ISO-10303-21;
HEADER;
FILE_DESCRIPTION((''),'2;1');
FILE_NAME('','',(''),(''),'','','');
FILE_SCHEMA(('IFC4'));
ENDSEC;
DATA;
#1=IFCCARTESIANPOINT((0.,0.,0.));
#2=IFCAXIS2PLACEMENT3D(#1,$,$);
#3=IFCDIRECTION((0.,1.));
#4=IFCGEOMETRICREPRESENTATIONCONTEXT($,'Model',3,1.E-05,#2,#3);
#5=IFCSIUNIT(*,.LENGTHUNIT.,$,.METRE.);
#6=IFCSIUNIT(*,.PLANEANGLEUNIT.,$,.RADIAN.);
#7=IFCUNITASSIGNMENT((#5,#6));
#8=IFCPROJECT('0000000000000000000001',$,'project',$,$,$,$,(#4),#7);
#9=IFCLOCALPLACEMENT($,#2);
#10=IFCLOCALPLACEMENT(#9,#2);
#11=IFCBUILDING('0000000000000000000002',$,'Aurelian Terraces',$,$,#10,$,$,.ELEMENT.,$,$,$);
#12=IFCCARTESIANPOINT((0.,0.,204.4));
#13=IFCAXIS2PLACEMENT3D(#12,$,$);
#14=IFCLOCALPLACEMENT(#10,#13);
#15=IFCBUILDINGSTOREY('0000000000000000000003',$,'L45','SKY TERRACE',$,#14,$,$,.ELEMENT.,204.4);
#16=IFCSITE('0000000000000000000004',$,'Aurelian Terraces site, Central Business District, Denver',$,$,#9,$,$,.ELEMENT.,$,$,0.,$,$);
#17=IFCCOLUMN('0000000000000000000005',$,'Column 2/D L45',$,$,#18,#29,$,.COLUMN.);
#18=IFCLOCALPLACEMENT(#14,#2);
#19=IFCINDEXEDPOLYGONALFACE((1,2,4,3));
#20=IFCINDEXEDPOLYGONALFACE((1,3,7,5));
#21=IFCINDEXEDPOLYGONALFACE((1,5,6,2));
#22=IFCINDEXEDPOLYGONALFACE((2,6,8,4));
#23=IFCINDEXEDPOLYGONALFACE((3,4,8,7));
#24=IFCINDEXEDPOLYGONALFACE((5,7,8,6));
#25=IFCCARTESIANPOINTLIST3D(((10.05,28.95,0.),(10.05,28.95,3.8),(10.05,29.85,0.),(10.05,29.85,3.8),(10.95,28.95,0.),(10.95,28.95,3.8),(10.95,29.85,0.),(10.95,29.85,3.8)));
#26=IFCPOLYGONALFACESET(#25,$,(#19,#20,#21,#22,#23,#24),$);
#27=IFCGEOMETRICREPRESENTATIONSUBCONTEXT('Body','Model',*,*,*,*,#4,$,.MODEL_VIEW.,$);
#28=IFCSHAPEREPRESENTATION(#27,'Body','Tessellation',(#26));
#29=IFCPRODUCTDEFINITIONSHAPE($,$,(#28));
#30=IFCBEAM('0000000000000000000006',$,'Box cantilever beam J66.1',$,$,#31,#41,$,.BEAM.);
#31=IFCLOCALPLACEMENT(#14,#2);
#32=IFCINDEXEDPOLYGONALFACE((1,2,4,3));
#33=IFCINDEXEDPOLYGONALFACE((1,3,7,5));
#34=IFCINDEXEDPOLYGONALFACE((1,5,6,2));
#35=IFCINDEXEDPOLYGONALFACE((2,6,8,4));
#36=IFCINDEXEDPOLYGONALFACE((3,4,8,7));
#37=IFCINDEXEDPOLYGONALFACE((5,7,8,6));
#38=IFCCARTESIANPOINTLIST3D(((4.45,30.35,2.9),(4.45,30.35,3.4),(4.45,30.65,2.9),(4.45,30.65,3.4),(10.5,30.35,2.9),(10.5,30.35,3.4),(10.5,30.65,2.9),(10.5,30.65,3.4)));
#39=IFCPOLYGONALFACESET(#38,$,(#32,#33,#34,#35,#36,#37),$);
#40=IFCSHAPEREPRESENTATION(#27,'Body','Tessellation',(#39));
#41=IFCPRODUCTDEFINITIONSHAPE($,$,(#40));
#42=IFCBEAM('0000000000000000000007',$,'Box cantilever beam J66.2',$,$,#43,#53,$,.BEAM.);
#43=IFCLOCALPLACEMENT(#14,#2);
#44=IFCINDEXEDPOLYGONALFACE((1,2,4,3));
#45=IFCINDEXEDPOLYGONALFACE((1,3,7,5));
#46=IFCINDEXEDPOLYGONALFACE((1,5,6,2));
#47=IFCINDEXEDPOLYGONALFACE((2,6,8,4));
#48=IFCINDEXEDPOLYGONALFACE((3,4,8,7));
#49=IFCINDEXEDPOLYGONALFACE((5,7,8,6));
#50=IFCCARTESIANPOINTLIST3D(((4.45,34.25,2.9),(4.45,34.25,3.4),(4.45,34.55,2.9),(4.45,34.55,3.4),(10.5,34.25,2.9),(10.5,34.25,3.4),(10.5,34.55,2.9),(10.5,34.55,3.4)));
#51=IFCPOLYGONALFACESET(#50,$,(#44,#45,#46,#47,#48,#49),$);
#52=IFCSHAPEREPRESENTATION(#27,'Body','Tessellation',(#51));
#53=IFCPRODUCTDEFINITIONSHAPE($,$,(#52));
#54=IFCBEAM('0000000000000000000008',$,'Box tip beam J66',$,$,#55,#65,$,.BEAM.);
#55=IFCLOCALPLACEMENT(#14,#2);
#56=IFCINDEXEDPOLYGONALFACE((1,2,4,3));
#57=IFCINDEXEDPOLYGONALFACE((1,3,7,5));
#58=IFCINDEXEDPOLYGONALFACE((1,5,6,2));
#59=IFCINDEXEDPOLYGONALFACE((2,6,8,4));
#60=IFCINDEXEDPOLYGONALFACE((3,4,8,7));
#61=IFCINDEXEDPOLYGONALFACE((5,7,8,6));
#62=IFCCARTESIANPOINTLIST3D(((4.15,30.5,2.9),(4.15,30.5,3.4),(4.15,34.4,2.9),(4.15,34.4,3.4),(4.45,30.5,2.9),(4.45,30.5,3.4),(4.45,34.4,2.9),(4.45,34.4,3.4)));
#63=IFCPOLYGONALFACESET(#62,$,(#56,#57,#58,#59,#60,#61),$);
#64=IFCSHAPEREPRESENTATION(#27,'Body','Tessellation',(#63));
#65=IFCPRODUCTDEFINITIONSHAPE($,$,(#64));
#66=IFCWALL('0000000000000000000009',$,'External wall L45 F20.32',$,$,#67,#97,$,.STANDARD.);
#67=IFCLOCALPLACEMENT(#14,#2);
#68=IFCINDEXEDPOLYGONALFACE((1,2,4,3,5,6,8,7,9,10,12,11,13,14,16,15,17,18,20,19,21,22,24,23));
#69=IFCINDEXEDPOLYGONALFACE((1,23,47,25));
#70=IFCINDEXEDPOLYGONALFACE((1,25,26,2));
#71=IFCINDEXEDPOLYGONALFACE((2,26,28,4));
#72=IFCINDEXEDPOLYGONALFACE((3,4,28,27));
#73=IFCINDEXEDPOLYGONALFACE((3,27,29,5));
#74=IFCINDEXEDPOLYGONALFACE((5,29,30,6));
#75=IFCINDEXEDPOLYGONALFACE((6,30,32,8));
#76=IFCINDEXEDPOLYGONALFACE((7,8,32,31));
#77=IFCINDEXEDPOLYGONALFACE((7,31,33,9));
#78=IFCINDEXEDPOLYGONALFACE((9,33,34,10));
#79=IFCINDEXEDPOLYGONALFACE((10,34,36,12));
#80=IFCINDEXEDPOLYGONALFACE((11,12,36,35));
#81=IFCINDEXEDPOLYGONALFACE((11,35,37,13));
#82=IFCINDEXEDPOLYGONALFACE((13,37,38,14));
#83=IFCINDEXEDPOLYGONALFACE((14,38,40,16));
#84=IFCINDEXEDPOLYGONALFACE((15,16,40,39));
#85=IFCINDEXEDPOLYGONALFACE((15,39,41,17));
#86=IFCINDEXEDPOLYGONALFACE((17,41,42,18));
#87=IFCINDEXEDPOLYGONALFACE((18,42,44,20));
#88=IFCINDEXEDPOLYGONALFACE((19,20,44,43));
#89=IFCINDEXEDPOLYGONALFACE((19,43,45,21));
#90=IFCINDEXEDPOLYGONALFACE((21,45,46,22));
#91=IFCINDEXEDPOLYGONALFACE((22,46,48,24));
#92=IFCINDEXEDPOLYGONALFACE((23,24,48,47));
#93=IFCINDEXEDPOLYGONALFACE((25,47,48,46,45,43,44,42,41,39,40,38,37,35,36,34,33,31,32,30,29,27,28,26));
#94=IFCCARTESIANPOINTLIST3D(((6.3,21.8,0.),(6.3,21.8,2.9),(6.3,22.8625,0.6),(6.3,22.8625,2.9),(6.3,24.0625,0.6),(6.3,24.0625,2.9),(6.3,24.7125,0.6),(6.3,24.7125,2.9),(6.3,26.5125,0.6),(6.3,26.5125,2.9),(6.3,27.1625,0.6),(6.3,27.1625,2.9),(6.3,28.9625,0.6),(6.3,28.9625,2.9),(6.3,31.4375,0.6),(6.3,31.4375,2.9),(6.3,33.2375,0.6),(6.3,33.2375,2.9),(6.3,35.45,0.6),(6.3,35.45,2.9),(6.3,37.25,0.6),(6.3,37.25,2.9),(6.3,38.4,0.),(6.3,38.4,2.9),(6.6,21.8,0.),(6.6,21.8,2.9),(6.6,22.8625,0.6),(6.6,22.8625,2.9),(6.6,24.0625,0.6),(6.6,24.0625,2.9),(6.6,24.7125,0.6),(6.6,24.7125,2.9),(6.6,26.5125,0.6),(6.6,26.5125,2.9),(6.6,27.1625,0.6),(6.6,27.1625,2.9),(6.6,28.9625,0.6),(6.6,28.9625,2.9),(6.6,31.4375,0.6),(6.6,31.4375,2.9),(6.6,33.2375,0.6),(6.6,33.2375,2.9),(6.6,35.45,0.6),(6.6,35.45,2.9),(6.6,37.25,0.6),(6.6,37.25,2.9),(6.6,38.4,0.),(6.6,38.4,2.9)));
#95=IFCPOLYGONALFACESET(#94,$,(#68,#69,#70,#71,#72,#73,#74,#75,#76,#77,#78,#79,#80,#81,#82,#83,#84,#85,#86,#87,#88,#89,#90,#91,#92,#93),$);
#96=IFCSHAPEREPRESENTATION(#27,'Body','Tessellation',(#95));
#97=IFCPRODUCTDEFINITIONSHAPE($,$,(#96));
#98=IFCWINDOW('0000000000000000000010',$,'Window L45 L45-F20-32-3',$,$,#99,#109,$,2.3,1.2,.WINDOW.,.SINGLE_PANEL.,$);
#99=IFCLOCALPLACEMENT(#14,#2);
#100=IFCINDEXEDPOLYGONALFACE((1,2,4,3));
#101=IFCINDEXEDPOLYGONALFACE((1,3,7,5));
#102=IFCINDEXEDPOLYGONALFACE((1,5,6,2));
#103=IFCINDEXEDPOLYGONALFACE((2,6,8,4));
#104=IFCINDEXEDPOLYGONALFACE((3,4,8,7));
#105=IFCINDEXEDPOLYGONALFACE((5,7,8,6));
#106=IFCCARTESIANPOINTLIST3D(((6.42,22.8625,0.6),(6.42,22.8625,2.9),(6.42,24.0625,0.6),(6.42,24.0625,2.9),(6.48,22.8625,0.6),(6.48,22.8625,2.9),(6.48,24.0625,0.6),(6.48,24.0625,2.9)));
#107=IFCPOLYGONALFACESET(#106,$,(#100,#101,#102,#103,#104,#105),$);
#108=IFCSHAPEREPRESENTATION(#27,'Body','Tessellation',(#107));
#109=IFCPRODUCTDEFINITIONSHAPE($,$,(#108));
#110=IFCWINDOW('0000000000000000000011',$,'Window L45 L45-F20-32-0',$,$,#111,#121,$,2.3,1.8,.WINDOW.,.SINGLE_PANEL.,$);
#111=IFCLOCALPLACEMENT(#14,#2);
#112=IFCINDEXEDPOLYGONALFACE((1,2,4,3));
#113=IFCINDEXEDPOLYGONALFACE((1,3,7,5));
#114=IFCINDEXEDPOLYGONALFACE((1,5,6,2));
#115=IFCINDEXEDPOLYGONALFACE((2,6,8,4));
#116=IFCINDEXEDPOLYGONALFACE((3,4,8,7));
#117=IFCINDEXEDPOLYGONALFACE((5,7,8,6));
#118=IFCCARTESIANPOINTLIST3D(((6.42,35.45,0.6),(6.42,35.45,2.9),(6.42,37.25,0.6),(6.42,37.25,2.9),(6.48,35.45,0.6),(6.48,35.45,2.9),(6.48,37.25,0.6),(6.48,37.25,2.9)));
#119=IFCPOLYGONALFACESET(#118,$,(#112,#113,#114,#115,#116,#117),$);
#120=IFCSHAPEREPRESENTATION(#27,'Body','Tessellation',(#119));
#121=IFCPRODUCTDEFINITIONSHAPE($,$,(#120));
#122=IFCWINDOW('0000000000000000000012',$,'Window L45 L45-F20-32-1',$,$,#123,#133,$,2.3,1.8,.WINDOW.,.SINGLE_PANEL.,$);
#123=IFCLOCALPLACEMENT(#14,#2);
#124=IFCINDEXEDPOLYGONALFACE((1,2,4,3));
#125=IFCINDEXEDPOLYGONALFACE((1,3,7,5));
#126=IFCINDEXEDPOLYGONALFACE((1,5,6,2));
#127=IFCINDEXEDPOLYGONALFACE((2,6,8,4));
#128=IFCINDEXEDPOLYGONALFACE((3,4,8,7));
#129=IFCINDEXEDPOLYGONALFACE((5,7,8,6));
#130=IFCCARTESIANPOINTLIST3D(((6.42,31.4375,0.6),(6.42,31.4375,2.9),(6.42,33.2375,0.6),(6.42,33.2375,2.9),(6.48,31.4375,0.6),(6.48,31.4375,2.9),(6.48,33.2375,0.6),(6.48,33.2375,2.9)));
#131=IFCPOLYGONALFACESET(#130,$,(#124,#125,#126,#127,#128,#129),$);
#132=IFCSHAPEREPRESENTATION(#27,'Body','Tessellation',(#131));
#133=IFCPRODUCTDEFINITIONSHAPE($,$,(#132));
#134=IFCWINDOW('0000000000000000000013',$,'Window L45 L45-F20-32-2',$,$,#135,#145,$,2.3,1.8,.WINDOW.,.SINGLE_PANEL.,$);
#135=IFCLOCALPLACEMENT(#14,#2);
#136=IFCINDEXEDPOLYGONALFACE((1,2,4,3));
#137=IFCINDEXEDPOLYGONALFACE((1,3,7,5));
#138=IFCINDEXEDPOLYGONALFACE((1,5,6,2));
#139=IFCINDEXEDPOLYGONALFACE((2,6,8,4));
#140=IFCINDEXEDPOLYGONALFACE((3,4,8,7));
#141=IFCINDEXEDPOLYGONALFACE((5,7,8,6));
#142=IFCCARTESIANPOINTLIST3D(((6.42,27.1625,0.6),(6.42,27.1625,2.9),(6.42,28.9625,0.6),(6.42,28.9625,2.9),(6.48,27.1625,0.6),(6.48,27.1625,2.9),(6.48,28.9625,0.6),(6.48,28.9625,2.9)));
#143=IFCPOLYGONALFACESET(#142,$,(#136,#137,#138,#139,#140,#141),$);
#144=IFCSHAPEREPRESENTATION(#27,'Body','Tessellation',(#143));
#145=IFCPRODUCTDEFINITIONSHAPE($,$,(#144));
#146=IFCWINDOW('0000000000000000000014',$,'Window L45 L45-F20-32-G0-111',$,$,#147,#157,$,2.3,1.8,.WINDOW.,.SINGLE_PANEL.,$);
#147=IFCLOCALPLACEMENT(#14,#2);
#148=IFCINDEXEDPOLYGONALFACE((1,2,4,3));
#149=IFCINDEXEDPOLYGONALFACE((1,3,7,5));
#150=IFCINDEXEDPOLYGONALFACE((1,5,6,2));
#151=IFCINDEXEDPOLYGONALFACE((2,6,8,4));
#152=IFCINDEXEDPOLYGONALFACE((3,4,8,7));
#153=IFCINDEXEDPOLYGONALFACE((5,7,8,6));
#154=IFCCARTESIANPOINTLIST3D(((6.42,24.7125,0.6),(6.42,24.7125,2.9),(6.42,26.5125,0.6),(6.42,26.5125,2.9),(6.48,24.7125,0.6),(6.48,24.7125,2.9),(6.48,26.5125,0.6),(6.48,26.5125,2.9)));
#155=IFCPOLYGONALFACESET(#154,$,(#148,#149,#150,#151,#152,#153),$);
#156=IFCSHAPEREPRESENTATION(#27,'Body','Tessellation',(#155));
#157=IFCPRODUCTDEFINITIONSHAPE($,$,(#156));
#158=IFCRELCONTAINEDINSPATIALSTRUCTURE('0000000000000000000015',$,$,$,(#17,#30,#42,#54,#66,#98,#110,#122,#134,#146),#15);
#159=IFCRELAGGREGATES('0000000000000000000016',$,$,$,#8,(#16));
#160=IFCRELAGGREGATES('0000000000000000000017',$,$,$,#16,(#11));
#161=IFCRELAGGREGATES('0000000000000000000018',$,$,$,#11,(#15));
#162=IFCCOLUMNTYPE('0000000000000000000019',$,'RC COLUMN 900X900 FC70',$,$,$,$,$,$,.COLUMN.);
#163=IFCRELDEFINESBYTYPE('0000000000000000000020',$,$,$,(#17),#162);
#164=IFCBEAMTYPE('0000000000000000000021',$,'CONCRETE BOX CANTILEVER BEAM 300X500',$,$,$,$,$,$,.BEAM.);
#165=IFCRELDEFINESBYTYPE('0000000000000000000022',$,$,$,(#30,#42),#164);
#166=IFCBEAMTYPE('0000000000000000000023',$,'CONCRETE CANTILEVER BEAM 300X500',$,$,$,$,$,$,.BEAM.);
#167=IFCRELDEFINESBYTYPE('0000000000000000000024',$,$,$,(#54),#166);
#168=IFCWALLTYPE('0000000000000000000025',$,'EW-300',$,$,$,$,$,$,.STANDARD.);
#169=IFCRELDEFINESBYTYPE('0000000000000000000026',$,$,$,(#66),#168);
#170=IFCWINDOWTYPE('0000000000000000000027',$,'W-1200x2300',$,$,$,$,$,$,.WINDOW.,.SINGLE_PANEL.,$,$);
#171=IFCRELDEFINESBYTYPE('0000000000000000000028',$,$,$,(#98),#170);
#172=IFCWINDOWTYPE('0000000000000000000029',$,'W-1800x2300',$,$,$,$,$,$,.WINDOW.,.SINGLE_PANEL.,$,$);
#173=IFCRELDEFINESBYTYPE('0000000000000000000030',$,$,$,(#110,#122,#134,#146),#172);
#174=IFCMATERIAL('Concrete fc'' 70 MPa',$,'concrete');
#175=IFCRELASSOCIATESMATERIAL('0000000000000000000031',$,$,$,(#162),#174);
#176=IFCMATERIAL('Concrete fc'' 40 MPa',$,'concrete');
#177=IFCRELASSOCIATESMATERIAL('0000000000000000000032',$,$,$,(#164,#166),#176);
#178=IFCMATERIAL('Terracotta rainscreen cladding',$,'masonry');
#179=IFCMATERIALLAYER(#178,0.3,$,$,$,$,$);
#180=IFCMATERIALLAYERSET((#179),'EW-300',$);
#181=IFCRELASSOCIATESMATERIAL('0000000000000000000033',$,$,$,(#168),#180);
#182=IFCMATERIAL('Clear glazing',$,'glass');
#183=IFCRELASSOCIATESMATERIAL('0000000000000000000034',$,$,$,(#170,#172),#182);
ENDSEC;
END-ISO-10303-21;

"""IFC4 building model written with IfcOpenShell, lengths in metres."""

from ifc_helpers import new_model, si_unit, direction, frame, frame_2d, origin, origin_2d, place, context, subcontext, project, spatial, rectangle, extrude, source, transform, mapped, material, layer, layer_set, material_profile, profile_set, type_object, element, fill, save


model = new_model("IFC4")

# Units and contexts
model_context = context("Model", 3, precision=1e-05, world=origin(), true_north=direction((0.0, 1.0)))
body_context = subcontext(model_context, "Body", "Model", "MODEL_VIEW")
ifc_project = project(units=[si_unit("LENGTHUNIT", "METRE"), si_unit("PLANEANGLEUNIT", "RADIAN")], contexts=[model_context])

# Site, building, storey
site_placement = place(None, origin())
site = spatial("IfcSite", under=ifc_project, at=site_placement, Name="Aurelian Terraces site, Central Business District, Denver", CompositionType="ELEMENT", RefElevation=0.0)
building_placement = place(site_placement, origin())
building = spatial("IfcBuilding", under=site, at=building_placement, Name="Aurelian Terraces", CompositionType="ELEMENT")
storey_placement = place(building_placement, frame((0.0, 0.0, 204.4)))
storey = spatial("IfcBuildingStorey", under=building, at=storey_placement, Name="L45", Description="SKY TERRACE", CompositionType="ELEMENT", Elevation=204.4)

# Column
ifc_material_1 = material(Name="Concrete fc' 70 MPa", Category="concrete")
ifc_material_profile_1 = material_profile(ifc_material_1, rectangle(XDim=0.9, YDim=0.9, at=origin_2d()))
ifc_profile_set_1 = profile_set([ifc_material_profile_1], Name="Concrete fc' 70 MPa")
column_type = type_object("IfcColumnType", Name="RC COLUMN 900X900 FC70", PredefinedType="COLUMN", material=ifc_profile_set_1)
shared_shape_1 = source(origin(), body_context, "Body", "SweptSolid", [
    extrude(rectangle(XDim=0.9, YDim=0.9, at=origin_2d()), origin(), (0.0, 0.0, 1.0), 3.8),
])
column_placement = place(storey_placement, frame((10.5, 29.4, 0.0), z_axis=(0.0, 0.0, 1.0), x_axis=(1.0, 0.0, 0.0)))
element("IfcColumn", 1, at=column_placement, inside=storey, type_object=column_type, Name="Column 2/D L45", PredefinedType="COLUMN", context=body_context, shape_type="MappedRepresentation", body=[
    mapped(shared_shape_1, transform((0.0, 0.0, 0.0), scale=1.0)),
])

# Beams
ifc_material_2 = material(Name="Concrete fc' 40 MPa", Category="concrete")
ifc_material_profile_2 = material_profile(ifc_material_2, rectangle(XDim=0.3, YDim=0.5, at=origin_2d()))
ifc_profile_set_2 = profile_set([ifc_material_profile_2], Name="Concrete fc' 40 MPa")
beam_type_1 = type_object("IfcBeamType", Name="CONCRETE BOX CANTILEVER BEAM 300X500", PredefinedType="BEAM", material=ifc_profile_set_2)
shared_shape_2 = source(origin(), body_context, "Body", "SweptSolid", [
    extrude(rectangle(XDim=0.3, YDim=0.5, at=origin_2d()), origin(), (0.0, 0.0, 1.0), 6.05),
])
for number, where, z_axis, x_axis, name in (
    (2, (4.45, 30.5, 3.15), (1.0, 0.0, 0.0), (0.0, 1.0, 0.0), "Box cantilever beam J66.1"),
    (3, (4.45, 34.4, 3.15), (1.0, 0.0, 0.0), (0.0, 1.0, 0.0), "Box cantilever beam J66.2"),
):
    element("IfcBeam", number, at=place(storey_placement, frame(where, z_axis=z_axis, x_axis=x_axis)), inside=storey, type_object=beam_type_1, Name=name, PredefinedType="BEAM", context=body_context, shape_type="MappedRepresentation", body=[
        mapped(shared_shape_2, transform((0.0, 0.0, 0.0), scale=1.0)),
    ])
ifc_material_profile_3 = material_profile(ifc_material_2, rectangle(XDim=0.3, YDim=0.5, at=origin_2d()))
ifc_profile_set_3 = profile_set([ifc_material_profile_3], Name="Concrete fc' 40 MPa")
beam_type_2 = type_object("IfcBeamType", Name="CONCRETE CANTILEVER BEAM 300X500", PredefinedType="BEAM", material=ifc_profile_set_3)
shared_shape_3 = source(origin(), body_context, "Body", "SweptSolid", [
    extrude(rectangle(XDim=0.3, YDim=0.5, at=origin_2d()), origin(), (0.0, 0.0, 1.0), 3.9),
])
beam_placement = place(storey_placement, frame((4.3, 30.5, 3.15), z_axis=(0.0, 1.0, 0.0), x_axis=(-1.0, 0.0, 0.0)))
element("IfcBeam", 4, at=beam_placement, inside=storey, type_object=beam_type_2, Name="Box tip beam J66", PredefinedType="BEAM", context=body_context, shape_type="MappedRepresentation", body=[
    mapped(shared_shape_3, transform((0.0, 0.0, 0.0), scale=1.0)),
])

# Wall, openings, windows
ifc_material_3 = material(Name="Terracotta rainscreen cladding", Category="masonry")
ifc_layer_1 = layer(ifc_material_3, 0.3)
ifc_layer_set_1 = layer_set([ifc_layer_1], Name="EW-300")
wall_type_1 = type_object("IfcWallType", Name="EW-300", PredefinedType="STANDARD", material=ifc_layer_set_1)
wall_1_placement = place(storey_placement, frame((6.45, 38.4, 0.0), z_axis=(0.0, 0.0, 1.0), x_axis=(0.0, -1.0, 0.0)))
wall_1 = element("IfcWall", 5, at=wall_1_placement, inside=storey, type_object=wall_type_1, Name="External wall L45 F20.32", PredefinedType="STANDARD", context=body_context, shape_type="SweptSolid", body=[
    extrude(rectangle(XDim=16.6, YDim=0.3, at=frame_2d((8.3, 0.0))), origin(), (0.0, 0.0, 1.0), 2.9),
])
shared_shape_4 = source(origin(), body_context, "Body", "SweptSolid", [
    extrude(rectangle(XDim=1.8, YDim=2.3, at=frame_2d((0.9, 1.15))), frame((0.0, 0.16, 0.0), z_axis=(0.0, -1.0, 0.0), x_axis=(1.0, 0.0, 0.0)), (0.0, 0.0, 1.0), 0.32),
])
opening_1_placement = place(wall_1_placement, frame((1.15, 0.0, 0.6)))
opening_1 = element("IfcOpeningElement", 6, at=opening_1_placement, cuts=wall_1, PredefinedType="OPENING", context=body_context, shape_type="MappedRepresentation", body=[
    mapped(shared_shape_4, transform((0.0, 0.0, 0.0), scale=1.0)),
])
opening_2_placement = place(wall_1_placement, frame((5.1625, 0.0, 0.6)))
opening_2 = element("IfcOpeningElement", 7, at=opening_2_placement, cuts=wall_1, PredefinedType="OPENING", context=body_context, shape_type="MappedRepresentation", body=[
    mapped(shared_shape_4, transform((0.0, 0.0, 0.0), scale=1.0)),
])
opening_3_placement = place(wall_1_placement, frame((9.4375, 0.0, 0.6)))
opening_3 = element("IfcOpeningElement", 8, at=opening_3_placement, cuts=wall_1, PredefinedType="OPENING", context=body_context, shape_type="MappedRepresentation", body=[
    mapped(shared_shape_4, transform((0.0, 0.0, 0.0), scale=1.0)),
])
shared_shape_5 = source(origin(), body_context, "Body", "SweptSolid", [
    extrude(rectangle(XDim=1.2, YDim=2.3, at=frame_2d((0.6, 1.15))), frame((0.0, 0.16, 0.0), z_axis=(0.0, -1.0, 0.0), x_axis=(1.0, 0.0, 0.0)), (0.0, 0.0, 1.0), 0.32),
])
opening_4_placement = place(wall_1_placement, frame((14.3375, 0.0, 0.6)))
opening_4 = element("IfcOpeningElement", 9, at=opening_4_placement, cuts=wall_1, PredefinedType="OPENING", context=body_context, shape_type="MappedRepresentation", body=[
    mapped(shared_shape_5, transform((0.0, 0.0, 0.0), scale=1.0)),
])
opening_5_placement = place(wall_1_placement, frame((11.8875, 0.0, 0.6)))
opening_5 = element("IfcOpeningElement", 10, at=opening_5_placement, cuts=wall_1, PredefinedType="OPENING", context=body_context, shape_type="MappedRepresentation", body=[
    mapped(shared_shape_4, transform((0.0, 0.0, 0.0), scale=1.0)),
])
ifc_material_4 = material(Name="Clear glazing", Category="glass")
window_type_1 = type_object("IfcWindowType", Name="W-1200x2300", PartitioningType="SINGLE_PANEL", PredefinedType="WINDOW", material=ifc_material_4)
shared_shape_6 = source(origin(), body_context, "Body", "SweptSolid", [
    extrude(rectangle(XDim=1.2, YDim=2.3, at=frame_2d((0.6, 1.15))), frame((0.0, 0.03, 0.0), z_axis=(0.0, -1.0, 0.0), x_axis=(1.0, 0.0, 0.0)), (0.0, 0.0, 1.0), 0.06),
])
window_1_placement = place(opening_4_placement, origin())
window_1 = element("IfcWindow", 11, at=window_1_placement, inside=storey, type_object=window_type_1, Name="Window L45 L45-F20-32-3", OverallHeight=2.3, OverallWidth=1.2, PartitioningType="SINGLE_PANEL", PredefinedType="WINDOW", context=body_context, shape_type="MappedRepresentation", body=[
    mapped(shared_shape_6, transform((0.0, 0.0, 0.0), scale=1.0)),
])
fill(opening_4, window_1)
window_type_2 = type_object("IfcWindowType", Name="W-1800x2300", PartitioningType="SINGLE_PANEL", PredefinedType="WINDOW", material=ifc_material_4)
shared_shape_7 = source(origin(), body_context, "Body", "SweptSolid", [
    extrude(rectangle(XDim=1.8, YDim=2.3, at=frame_2d((0.9, 1.15))), frame((0.0, 0.03, 0.0), z_axis=(0.0, -1.0, 0.0), x_axis=(1.0, 0.0, 0.0)), (0.0, 0.0, 1.0), 0.06),
])
window_2_placement = place(opening_1_placement, origin())
window_2 = element("IfcWindow", 12, at=window_2_placement, inside=storey, type_object=window_type_2, Name="Window L45 L45-F20-32-0", OverallHeight=2.3, OverallWidth=1.8, PartitioningType="SINGLE_PANEL", PredefinedType="WINDOW", context=body_context, shape_type="MappedRepresentation", body=[
    mapped(shared_shape_7, transform((0.0, 0.0, 0.0), scale=1.0)),
])
fill(opening_1, window_2)
window_3_placement = place(opening_2_placement, origin())
window_3 = element("IfcWindow", 13, at=window_3_placement, inside=storey, type_object=window_type_2, Name="Window L45 L45-F20-32-1", OverallHeight=2.3, OverallWidth=1.8, PartitioningType="SINGLE_PANEL", PredefinedType="WINDOW", context=body_context, shape_type="MappedRepresentation", body=[
    mapped(shared_shape_7, transform((0.0, 0.0, 0.0), scale=1.0)),
])
fill(opening_2, window_3)
window_4_placement = place(opening_3_placement, origin())
window_4 = element("IfcWindow", 14, at=window_4_placement, inside=storey, type_object=window_type_2, Name="Window L45 L45-F20-32-2", OverallHeight=2.3, OverallWidth=1.8, PartitioningType="SINGLE_PANEL", PredefinedType="WINDOW", context=body_context, shape_type="MappedRepresentation", body=[
    mapped(shared_shape_7, transform((0.0, 0.0, 0.0), scale=1.0)),
])
fill(opening_3, window_4)
window_5_placement = place(opening_5_placement, origin())
window_5 = element("IfcWindow", 15, at=window_5_placement, inside=storey, type_object=window_type_2, Name="Window L45 L45-F20-32-G0-111", OverallHeight=2.3, OverallWidth=1.8, PartitioningType="SINGLE_PANEL", PredefinedType="WINDOW", context=body_context, shape_type="MappedRepresentation", body=[
    mapped(shared_shape_7, transform((0.0, 0.0, 0.0), scale=1.0)),
])
fill(opening_5, window_5)

save(model, "model.ifc")
